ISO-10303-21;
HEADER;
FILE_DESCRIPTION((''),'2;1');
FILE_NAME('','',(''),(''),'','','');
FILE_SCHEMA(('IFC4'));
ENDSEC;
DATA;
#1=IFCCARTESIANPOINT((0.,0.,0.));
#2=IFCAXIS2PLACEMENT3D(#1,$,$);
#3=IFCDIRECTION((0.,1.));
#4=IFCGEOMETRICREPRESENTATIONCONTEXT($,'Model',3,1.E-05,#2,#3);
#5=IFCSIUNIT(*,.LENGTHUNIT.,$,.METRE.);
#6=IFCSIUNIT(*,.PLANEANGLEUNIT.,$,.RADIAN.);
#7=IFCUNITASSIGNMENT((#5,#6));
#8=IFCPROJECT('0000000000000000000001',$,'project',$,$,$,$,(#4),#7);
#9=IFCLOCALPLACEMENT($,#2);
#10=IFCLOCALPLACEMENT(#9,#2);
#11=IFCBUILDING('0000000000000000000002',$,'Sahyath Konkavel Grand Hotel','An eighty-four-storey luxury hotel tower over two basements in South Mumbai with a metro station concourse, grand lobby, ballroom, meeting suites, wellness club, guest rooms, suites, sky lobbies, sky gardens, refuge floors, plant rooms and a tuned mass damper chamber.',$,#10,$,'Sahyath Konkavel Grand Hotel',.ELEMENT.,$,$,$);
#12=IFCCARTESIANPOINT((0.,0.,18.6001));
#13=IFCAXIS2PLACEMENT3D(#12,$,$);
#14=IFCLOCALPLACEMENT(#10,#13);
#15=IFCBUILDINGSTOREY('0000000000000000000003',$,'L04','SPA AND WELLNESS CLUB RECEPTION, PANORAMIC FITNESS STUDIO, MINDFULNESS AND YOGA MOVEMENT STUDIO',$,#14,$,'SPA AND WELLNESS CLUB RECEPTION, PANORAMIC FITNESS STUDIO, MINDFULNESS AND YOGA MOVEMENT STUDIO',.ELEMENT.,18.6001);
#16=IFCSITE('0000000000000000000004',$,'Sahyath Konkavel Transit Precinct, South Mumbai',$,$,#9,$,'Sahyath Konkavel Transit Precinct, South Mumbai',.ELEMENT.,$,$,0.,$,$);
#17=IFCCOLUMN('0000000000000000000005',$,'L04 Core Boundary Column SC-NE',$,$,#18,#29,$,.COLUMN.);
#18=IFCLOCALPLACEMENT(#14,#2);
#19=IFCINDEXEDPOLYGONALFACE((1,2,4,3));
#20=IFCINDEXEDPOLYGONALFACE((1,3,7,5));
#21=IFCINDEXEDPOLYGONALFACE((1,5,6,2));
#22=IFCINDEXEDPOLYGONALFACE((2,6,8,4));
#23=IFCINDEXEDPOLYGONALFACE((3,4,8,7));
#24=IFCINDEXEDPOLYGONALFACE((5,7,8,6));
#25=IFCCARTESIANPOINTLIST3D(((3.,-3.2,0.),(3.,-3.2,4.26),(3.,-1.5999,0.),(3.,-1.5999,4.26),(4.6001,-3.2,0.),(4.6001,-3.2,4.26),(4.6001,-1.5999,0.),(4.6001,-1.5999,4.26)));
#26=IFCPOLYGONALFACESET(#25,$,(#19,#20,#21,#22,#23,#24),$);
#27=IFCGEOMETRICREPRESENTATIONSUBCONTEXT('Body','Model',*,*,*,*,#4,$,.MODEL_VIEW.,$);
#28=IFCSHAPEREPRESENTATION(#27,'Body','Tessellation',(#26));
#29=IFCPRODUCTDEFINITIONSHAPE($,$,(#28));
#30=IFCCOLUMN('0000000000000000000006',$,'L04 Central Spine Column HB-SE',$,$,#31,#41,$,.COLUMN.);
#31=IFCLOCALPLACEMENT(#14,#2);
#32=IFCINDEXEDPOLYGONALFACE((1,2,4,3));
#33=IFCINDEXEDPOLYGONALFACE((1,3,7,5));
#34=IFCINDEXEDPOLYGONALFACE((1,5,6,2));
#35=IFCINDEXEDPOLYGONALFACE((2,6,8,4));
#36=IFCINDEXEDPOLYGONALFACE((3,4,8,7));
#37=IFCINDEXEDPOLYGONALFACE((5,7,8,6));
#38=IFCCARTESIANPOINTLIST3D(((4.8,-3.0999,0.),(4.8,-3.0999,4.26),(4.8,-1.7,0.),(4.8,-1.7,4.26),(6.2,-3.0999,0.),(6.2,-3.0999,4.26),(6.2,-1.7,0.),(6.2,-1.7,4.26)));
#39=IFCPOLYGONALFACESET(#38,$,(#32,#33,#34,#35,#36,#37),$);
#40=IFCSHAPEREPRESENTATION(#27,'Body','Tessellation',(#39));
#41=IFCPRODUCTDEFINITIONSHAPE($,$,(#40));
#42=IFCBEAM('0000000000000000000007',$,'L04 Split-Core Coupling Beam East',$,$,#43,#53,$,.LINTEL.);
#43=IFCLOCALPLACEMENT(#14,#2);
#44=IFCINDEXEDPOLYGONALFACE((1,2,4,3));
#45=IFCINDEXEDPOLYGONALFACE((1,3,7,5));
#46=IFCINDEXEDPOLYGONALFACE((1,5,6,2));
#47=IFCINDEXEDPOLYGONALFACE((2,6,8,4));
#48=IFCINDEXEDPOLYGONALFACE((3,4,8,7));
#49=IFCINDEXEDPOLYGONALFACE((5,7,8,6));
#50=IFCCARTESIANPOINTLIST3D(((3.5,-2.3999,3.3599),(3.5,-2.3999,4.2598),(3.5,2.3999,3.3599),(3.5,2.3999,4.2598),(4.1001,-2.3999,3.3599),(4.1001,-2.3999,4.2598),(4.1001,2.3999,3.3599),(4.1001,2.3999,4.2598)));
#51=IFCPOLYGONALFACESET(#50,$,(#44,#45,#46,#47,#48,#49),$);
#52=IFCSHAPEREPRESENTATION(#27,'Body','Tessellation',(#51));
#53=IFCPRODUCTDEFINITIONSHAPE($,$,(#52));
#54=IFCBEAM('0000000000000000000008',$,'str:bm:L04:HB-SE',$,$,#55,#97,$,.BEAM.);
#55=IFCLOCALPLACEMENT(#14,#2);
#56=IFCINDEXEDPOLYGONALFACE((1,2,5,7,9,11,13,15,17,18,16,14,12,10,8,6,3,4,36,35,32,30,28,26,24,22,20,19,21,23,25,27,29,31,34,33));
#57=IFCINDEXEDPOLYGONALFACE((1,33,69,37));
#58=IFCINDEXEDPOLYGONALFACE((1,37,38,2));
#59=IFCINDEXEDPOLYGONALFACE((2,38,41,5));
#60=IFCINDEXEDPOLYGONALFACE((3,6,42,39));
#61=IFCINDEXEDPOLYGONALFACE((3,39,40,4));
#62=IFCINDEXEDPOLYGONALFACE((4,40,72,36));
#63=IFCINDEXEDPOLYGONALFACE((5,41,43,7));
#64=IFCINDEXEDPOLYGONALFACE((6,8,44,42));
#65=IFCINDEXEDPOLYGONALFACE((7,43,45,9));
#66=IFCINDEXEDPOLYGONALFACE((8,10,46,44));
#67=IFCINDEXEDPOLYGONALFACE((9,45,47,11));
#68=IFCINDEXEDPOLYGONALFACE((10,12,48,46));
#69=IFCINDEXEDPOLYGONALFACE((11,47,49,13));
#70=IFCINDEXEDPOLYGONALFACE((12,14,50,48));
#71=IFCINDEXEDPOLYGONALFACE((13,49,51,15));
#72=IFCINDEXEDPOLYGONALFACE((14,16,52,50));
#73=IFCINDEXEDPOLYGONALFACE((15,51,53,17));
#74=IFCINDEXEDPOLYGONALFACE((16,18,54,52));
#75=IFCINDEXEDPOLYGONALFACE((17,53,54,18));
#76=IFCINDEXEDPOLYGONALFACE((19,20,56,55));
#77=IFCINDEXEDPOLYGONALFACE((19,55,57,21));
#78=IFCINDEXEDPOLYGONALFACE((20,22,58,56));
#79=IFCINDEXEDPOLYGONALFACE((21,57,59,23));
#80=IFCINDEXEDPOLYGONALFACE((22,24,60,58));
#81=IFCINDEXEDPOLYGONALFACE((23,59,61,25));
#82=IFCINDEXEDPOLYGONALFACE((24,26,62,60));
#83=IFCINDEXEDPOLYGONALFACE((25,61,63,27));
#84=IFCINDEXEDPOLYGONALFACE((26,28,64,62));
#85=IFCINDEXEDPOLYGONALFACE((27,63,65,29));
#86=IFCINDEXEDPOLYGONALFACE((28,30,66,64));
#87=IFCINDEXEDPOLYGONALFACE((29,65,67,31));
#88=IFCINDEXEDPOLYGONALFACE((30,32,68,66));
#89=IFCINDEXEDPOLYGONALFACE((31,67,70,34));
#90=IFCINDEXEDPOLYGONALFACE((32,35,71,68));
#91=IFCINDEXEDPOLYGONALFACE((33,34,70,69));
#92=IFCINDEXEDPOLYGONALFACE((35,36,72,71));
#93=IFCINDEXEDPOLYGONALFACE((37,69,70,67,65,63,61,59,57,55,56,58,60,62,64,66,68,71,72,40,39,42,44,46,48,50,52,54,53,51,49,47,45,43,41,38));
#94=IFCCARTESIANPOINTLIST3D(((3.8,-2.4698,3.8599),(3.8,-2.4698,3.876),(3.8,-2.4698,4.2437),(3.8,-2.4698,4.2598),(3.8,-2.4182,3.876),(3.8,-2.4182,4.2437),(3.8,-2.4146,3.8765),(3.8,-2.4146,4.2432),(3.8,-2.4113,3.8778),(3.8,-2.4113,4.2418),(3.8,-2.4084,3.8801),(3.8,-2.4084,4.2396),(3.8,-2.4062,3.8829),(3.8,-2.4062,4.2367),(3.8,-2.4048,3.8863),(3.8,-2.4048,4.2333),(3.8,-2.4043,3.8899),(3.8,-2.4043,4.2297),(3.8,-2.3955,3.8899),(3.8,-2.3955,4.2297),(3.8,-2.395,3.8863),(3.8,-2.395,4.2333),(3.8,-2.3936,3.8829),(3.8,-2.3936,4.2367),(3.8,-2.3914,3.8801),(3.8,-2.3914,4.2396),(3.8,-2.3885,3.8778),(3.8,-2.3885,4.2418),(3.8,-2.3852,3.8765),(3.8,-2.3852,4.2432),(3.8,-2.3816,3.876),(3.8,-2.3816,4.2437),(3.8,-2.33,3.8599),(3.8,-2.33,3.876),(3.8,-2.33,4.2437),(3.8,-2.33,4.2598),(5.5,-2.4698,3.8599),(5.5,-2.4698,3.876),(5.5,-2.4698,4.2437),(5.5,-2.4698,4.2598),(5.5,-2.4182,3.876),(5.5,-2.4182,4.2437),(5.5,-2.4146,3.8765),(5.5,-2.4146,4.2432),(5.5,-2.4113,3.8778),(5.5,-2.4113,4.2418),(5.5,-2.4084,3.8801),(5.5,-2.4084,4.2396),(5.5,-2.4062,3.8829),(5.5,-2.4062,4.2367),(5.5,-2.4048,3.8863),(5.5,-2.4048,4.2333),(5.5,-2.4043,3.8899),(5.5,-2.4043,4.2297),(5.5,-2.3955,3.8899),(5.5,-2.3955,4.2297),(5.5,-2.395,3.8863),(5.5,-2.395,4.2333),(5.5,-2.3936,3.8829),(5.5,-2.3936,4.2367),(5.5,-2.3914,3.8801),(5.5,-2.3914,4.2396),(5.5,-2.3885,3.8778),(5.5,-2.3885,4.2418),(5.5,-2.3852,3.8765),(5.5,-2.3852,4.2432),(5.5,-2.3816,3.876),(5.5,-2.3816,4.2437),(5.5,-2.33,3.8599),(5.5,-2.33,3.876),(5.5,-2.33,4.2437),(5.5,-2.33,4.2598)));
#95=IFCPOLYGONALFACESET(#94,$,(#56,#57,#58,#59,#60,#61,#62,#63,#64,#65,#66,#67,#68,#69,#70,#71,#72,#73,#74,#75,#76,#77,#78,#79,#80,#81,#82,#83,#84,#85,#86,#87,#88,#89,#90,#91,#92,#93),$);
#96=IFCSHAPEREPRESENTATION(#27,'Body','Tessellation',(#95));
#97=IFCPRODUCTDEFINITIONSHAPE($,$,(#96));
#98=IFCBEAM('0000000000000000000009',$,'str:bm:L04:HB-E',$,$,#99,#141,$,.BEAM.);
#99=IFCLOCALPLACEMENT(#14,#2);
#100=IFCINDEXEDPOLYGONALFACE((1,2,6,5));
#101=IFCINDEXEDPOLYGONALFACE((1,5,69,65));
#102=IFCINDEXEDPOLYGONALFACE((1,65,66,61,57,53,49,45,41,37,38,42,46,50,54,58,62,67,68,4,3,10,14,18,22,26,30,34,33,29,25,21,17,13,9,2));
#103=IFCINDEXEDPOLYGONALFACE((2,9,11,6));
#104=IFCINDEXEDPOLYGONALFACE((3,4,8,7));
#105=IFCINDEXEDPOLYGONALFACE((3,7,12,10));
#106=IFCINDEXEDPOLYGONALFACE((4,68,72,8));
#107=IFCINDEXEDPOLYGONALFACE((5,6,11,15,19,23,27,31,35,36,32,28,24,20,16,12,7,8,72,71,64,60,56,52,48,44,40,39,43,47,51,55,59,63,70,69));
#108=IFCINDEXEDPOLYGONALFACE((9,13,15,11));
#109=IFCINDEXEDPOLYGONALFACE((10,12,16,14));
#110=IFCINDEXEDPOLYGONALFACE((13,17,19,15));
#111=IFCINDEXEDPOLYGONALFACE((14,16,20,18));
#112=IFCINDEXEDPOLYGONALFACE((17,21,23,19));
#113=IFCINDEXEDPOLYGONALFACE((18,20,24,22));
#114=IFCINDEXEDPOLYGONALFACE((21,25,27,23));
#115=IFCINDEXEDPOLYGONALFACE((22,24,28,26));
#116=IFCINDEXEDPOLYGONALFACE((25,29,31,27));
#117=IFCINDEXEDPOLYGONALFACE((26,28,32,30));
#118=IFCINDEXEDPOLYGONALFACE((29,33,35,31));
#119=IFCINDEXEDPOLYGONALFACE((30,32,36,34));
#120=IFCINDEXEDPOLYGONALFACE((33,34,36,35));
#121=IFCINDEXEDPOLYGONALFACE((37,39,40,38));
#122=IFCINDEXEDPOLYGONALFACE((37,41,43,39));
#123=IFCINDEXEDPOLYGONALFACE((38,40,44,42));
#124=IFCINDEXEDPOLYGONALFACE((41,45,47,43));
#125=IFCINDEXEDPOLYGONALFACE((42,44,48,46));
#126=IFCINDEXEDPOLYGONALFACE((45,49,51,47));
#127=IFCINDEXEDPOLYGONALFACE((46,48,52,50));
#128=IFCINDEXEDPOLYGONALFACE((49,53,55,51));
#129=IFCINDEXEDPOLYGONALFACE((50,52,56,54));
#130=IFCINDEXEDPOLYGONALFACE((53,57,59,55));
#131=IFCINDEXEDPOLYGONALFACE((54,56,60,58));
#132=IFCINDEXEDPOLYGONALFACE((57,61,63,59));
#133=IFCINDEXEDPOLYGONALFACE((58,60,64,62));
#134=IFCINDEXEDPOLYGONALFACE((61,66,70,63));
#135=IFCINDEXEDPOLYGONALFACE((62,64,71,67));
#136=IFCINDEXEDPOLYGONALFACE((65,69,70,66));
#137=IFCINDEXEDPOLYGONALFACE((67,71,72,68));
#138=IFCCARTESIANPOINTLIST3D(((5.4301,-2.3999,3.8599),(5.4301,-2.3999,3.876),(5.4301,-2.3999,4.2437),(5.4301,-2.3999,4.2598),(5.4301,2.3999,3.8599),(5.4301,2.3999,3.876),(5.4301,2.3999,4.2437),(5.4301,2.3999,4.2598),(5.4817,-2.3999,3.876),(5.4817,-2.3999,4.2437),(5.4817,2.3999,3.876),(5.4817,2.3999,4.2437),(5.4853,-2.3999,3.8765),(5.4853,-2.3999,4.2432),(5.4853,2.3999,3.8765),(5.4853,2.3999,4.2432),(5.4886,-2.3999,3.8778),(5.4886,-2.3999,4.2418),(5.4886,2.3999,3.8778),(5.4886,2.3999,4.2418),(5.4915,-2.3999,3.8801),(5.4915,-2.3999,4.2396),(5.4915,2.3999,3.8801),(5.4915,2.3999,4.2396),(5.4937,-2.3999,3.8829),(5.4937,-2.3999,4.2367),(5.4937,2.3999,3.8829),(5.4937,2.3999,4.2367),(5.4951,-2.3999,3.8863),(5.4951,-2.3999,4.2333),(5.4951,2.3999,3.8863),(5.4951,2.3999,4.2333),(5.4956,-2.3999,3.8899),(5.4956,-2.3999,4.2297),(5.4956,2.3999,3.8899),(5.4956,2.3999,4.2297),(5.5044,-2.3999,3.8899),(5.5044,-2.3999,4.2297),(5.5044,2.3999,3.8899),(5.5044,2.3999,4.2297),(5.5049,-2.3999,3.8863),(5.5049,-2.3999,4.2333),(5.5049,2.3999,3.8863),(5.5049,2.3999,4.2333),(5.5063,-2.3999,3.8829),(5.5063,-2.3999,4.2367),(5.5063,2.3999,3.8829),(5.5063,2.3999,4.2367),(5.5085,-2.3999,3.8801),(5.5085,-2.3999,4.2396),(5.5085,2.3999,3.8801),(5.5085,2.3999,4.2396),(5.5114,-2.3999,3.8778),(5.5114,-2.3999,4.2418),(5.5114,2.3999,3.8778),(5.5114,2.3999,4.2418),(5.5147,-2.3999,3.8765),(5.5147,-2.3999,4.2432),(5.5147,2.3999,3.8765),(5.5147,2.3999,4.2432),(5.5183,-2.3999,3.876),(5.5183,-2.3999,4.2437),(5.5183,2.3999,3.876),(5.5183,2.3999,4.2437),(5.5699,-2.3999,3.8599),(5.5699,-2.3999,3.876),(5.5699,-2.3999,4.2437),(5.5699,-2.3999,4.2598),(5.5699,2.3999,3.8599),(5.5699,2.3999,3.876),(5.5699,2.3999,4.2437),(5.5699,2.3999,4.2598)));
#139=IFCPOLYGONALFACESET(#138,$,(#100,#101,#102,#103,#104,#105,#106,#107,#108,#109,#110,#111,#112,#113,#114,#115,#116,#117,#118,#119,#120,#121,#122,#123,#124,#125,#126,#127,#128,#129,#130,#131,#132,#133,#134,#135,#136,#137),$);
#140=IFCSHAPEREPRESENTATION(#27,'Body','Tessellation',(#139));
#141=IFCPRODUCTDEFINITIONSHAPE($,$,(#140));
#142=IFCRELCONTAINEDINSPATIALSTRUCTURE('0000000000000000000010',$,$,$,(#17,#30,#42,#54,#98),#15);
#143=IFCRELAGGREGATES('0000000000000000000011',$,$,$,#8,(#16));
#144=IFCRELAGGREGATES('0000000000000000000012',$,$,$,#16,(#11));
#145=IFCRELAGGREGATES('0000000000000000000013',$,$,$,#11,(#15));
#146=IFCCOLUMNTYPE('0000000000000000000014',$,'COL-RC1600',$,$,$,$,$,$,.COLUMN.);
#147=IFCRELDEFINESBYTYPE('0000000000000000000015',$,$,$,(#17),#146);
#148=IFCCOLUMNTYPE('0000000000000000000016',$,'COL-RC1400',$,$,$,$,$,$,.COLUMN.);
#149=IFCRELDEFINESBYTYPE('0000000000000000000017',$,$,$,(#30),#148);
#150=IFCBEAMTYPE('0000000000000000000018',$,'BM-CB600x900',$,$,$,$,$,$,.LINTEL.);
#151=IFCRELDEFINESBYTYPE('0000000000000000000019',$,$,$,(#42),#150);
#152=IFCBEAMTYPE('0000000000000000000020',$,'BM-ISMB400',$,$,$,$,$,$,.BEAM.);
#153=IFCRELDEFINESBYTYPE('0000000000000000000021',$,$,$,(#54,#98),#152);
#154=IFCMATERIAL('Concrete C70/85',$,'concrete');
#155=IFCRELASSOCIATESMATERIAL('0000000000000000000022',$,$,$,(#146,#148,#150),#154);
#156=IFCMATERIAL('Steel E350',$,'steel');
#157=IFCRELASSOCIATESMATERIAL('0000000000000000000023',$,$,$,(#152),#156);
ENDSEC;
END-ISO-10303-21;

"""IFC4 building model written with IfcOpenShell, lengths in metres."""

from ifc_helpers import new_model, si_unit, direction, frame, origin, origin_2d, place, context, subcontext, project, spatial, rectangle, i_section, extrude, source, transform, mapped, material, material_profile, profile_set, type_object, element, save


model = new_model("IFC4")

# Units and contexts
model_context = context("Model", 3, precision=1e-05, world=origin(), true_north=direction((0.0, 1.0)))
body_context = subcontext(model_context, "Body", "Model", "MODEL_VIEW")
ifc_project = project(units=[si_unit("LENGTHUNIT", "METRE"), si_unit("PLANEANGLEUNIT", "RADIAN")], contexts=[model_context])

# Site, building, storey
site_placement = place(None, origin())
site = spatial("IfcSite", under=ifc_project, at=site_placement, Name="Sahyath Konkavel Transit Precinct, South Mumbai", LongName="Sahyath Konkavel Transit Precinct, South Mumbai", CompositionType="ELEMENT", RefElevation=0.0)
building_placement = place(site_placement, origin())
building = spatial("IfcBuilding", under=site, at=building_placement, Name="Sahyath Konkavel Grand Hotel", Description="An eighty-four-storey luxury hotel tower over two basements in South Mumbai with a metro station concourse, grand lobby, ballroom, meeting suites, wellness club, guest rooms, suites, sky lobbies, sky gardens, refuge floors, plant rooms and a tuned mass damper chamber.", LongName="Sahyath Konkavel Grand Hotel", CompositionType="ELEMENT")
storey_placement = place(building_placement, frame((0.0, 0.0, 18.6001)))
storey = spatial("IfcBuildingStorey", under=building, at=storey_placement, Name="L04", Description="SPA AND WELLNESS CLUB RECEPTION, PANORAMIC FITNESS STUDIO, MINDFULNESS AND YOGA MOVEMENT STUDIO", LongName="SPA AND WELLNESS CLUB RECEPTION, PANORAMIC FITNESS STUDIO, MINDFULNESS AND YOGA MOVEMENT STUDIO", CompositionType="ELEMENT", Elevation=18.6001)

# Columns
ifc_material_1 = material(Name="Concrete C70/85", Category="concrete")
ifc_material_profile_1 = material_profile(ifc_material_1, rectangle(XDim=1.6001, YDim=1.6001, at=origin_2d()), Name="RC 1600x1600")
ifc_profile_set_1 = profile_set([ifc_material_profile_1], Name="Concrete C70/85")
column_type_1 = type_object("IfcColumnType", Name="COL-RC1600", PredefinedType="COLUMN", material=ifc_profile_set_1)
shared_shape_1 = source(origin(), body_context, "Body", "SweptSolid", [
    extrude(rectangle(XDim=1.6001, YDim=1.6001, at=origin_2d()), origin(), (0.0, 0.0, 1.0), 4.26),
])
column_1_placement = place(storey_placement, frame((3.8, -2.3999, 0.0), z_axis=(0.0, 0.0, 1.0), x_axis=(1.0, 0.0, 0.0)))
element("IfcColumn", 1, at=column_1_placement, inside=storey, type_object=column_type_1, Name="L04 Core Boundary Column SC-NE", PredefinedType="COLUMN", context=body_context, shape_type="MappedRepresentation", body=[
    mapped(shared_shape_1, transform((0.0, 0.0, 0.0), scale=1.0)),
])
ifc_material_profile_2 = material_profile(ifc_material_1, rectangle(XDim=1.3999, YDim=1.3999, at=origin_2d()), Name="RC 1400x1400")
ifc_profile_set_2 = profile_set([ifc_material_profile_2], Name="Concrete C70/85")
column_type_2 = type_object("IfcColumnType", Name="COL-RC1400", PredefinedType="COLUMN", material=ifc_profile_set_2)
shared_shape_2 = source(origin(), body_context, "Body", "SweptSolid", [
    extrude(rectangle(XDim=1.3999, YDim=1.3999, at=origin_2d()), origin(), (0.0, 0.0, 1.0), 4.26),
])
column_2_placement = place(storey_placement, frame((5.5, -2.3999, 0.0), z_axis=(0.0, 0.0, 1.0), x_axis=(1.0, 0.0, 0.0)))
element("IfcColumn", 2, at=column_2_placement, inside=storey, type_object=column_type_2, Name="L04 Central Spine Column HB-SE", PredefinedType="COLUMN", context=body_context, shape_type="MappedRepresentation", body=[
    mapped(shared_shape_2, transform((0.0, 0.0, 0.0), scale=1.0)),
])

# Beams
ifc_material_profile_3 = material_profile(ifc_material_1, rectangle(XDim=0.6001, YDim=0.8999, at=origin_2d()), Name="RC 600x900")
ifc_profile_set_3 = profile_set([ifc_material_profile_3], Name="Concrete C70/85")
beam_type_1 = type_object("IfcBeamType", Name="BM-CB600x900", PredefinedType="LINTEL", material=ifc_profile_set_3)
shared_shape_3 = source(origin(), body_context, "Body", "SweptSolid", [
    extrude(rectangle(XDim=0.6001, YDim=0.8999, at=origin_2d()), origin(), (0.0, 0.0, 1.0), 4.7998),
])
beam_1_placement = place(storey_placement, frame((3.8, -2.3999, 3.8098), z_axis=(0.0, 1.0, 0.0), x_axis=(-1.0, 0.0, 0.0)))
element("IfcBeam", 3, at=beam_1_placement, inside=storey, type_object=beam_type_1, Name="L04 Split-Core Coupling Beam East", PredefinedType="LINTEL", context=body_context, shape_type="MappedRepresentation", body=[
    mapped(shared_shape_3, transform((0.0, 0.0, 0.0), scale=1.0)),
])
ifc_material_2 = material(Name="Steel E350", Category="steel")
ifc_material_profile_4 = material_profile(ifc_material_2, i_section(OverallWidth=0.1399, OverallDepth=0.3999, WebThickness=0.0088, FlangeThickness=0.0161, FilletRadius=0.0139, at=origin_2d()), Name="ISMB 400")
ifc_profile_set_4 = profile_set([ifc_material_profile_4], Name="Steel E350")
beam_type_2 = type_object("IfcBeamType", Name="BM-ISMB400", PredefinedType="BEAM", material=ifc_profile_set_4)
shared_shape_4 = source(origin(), body_context, "Body", "SweptSolid", [
    extrude(i_section(OverallWidth=0.1399, OverallDepth=0.3999, WebThickness=0.0088, FlangeThickness=0.0161, FilletRadius=0.0139, at=origin_2d()), origin(), (0.0, 0.0, 1.0), 1.7),
])
beam_2_placement = place(storey_placement, frame((3.8, -2.3999, 4.0598), z_axis=(1.0, 0.0, 0.0), x_axis=(0.0, 1.0, 0.0)))
element("IfcBeam", 4, at=beam_2_placement, inside=storey, type_object=beam_type_2, Name="str:bm:L04:HB-SE", PredefinedType="BEAM", context=body_context, shape_type="MappedRepresentation", body=[
    mapped(shared_shape_4, transform((0.0, 0.0, 0.0), scale=1.0)),
])
shared_shape_5 = source(origin(), body_context, "Body", "SweptSolid", [
    extrude(i_section(OverallWidth=0.1399, OverallDepth=0.3999, WebThickness=0.0088, FlangeThickness=0.0161, FilletRadius=0.0139, at=origin_2d()), origin(), (0.0, 0.0, 1.0), 4.7998),
])
beam_3_placement = place(storey_placement, frame((5.5, -2.3999, 4.0598), z_axis=(0.0, 1.0, 0.0), x_axis=(-1.0, 0.0, 0.0)))
element("IfcBeam", 5, at=beam_3_placement, inside=storey, type_object=beam_type_2, Name="str:bm:L04:HB-E", PredefinedType="BEAM", context=body_context, shape_type="MappedRepresentation", body=[
    mapped(shared_shape_5, transform((0.0, 0.0, 0.0), scale=1.0)),
])

save(model, "model.ifc")
